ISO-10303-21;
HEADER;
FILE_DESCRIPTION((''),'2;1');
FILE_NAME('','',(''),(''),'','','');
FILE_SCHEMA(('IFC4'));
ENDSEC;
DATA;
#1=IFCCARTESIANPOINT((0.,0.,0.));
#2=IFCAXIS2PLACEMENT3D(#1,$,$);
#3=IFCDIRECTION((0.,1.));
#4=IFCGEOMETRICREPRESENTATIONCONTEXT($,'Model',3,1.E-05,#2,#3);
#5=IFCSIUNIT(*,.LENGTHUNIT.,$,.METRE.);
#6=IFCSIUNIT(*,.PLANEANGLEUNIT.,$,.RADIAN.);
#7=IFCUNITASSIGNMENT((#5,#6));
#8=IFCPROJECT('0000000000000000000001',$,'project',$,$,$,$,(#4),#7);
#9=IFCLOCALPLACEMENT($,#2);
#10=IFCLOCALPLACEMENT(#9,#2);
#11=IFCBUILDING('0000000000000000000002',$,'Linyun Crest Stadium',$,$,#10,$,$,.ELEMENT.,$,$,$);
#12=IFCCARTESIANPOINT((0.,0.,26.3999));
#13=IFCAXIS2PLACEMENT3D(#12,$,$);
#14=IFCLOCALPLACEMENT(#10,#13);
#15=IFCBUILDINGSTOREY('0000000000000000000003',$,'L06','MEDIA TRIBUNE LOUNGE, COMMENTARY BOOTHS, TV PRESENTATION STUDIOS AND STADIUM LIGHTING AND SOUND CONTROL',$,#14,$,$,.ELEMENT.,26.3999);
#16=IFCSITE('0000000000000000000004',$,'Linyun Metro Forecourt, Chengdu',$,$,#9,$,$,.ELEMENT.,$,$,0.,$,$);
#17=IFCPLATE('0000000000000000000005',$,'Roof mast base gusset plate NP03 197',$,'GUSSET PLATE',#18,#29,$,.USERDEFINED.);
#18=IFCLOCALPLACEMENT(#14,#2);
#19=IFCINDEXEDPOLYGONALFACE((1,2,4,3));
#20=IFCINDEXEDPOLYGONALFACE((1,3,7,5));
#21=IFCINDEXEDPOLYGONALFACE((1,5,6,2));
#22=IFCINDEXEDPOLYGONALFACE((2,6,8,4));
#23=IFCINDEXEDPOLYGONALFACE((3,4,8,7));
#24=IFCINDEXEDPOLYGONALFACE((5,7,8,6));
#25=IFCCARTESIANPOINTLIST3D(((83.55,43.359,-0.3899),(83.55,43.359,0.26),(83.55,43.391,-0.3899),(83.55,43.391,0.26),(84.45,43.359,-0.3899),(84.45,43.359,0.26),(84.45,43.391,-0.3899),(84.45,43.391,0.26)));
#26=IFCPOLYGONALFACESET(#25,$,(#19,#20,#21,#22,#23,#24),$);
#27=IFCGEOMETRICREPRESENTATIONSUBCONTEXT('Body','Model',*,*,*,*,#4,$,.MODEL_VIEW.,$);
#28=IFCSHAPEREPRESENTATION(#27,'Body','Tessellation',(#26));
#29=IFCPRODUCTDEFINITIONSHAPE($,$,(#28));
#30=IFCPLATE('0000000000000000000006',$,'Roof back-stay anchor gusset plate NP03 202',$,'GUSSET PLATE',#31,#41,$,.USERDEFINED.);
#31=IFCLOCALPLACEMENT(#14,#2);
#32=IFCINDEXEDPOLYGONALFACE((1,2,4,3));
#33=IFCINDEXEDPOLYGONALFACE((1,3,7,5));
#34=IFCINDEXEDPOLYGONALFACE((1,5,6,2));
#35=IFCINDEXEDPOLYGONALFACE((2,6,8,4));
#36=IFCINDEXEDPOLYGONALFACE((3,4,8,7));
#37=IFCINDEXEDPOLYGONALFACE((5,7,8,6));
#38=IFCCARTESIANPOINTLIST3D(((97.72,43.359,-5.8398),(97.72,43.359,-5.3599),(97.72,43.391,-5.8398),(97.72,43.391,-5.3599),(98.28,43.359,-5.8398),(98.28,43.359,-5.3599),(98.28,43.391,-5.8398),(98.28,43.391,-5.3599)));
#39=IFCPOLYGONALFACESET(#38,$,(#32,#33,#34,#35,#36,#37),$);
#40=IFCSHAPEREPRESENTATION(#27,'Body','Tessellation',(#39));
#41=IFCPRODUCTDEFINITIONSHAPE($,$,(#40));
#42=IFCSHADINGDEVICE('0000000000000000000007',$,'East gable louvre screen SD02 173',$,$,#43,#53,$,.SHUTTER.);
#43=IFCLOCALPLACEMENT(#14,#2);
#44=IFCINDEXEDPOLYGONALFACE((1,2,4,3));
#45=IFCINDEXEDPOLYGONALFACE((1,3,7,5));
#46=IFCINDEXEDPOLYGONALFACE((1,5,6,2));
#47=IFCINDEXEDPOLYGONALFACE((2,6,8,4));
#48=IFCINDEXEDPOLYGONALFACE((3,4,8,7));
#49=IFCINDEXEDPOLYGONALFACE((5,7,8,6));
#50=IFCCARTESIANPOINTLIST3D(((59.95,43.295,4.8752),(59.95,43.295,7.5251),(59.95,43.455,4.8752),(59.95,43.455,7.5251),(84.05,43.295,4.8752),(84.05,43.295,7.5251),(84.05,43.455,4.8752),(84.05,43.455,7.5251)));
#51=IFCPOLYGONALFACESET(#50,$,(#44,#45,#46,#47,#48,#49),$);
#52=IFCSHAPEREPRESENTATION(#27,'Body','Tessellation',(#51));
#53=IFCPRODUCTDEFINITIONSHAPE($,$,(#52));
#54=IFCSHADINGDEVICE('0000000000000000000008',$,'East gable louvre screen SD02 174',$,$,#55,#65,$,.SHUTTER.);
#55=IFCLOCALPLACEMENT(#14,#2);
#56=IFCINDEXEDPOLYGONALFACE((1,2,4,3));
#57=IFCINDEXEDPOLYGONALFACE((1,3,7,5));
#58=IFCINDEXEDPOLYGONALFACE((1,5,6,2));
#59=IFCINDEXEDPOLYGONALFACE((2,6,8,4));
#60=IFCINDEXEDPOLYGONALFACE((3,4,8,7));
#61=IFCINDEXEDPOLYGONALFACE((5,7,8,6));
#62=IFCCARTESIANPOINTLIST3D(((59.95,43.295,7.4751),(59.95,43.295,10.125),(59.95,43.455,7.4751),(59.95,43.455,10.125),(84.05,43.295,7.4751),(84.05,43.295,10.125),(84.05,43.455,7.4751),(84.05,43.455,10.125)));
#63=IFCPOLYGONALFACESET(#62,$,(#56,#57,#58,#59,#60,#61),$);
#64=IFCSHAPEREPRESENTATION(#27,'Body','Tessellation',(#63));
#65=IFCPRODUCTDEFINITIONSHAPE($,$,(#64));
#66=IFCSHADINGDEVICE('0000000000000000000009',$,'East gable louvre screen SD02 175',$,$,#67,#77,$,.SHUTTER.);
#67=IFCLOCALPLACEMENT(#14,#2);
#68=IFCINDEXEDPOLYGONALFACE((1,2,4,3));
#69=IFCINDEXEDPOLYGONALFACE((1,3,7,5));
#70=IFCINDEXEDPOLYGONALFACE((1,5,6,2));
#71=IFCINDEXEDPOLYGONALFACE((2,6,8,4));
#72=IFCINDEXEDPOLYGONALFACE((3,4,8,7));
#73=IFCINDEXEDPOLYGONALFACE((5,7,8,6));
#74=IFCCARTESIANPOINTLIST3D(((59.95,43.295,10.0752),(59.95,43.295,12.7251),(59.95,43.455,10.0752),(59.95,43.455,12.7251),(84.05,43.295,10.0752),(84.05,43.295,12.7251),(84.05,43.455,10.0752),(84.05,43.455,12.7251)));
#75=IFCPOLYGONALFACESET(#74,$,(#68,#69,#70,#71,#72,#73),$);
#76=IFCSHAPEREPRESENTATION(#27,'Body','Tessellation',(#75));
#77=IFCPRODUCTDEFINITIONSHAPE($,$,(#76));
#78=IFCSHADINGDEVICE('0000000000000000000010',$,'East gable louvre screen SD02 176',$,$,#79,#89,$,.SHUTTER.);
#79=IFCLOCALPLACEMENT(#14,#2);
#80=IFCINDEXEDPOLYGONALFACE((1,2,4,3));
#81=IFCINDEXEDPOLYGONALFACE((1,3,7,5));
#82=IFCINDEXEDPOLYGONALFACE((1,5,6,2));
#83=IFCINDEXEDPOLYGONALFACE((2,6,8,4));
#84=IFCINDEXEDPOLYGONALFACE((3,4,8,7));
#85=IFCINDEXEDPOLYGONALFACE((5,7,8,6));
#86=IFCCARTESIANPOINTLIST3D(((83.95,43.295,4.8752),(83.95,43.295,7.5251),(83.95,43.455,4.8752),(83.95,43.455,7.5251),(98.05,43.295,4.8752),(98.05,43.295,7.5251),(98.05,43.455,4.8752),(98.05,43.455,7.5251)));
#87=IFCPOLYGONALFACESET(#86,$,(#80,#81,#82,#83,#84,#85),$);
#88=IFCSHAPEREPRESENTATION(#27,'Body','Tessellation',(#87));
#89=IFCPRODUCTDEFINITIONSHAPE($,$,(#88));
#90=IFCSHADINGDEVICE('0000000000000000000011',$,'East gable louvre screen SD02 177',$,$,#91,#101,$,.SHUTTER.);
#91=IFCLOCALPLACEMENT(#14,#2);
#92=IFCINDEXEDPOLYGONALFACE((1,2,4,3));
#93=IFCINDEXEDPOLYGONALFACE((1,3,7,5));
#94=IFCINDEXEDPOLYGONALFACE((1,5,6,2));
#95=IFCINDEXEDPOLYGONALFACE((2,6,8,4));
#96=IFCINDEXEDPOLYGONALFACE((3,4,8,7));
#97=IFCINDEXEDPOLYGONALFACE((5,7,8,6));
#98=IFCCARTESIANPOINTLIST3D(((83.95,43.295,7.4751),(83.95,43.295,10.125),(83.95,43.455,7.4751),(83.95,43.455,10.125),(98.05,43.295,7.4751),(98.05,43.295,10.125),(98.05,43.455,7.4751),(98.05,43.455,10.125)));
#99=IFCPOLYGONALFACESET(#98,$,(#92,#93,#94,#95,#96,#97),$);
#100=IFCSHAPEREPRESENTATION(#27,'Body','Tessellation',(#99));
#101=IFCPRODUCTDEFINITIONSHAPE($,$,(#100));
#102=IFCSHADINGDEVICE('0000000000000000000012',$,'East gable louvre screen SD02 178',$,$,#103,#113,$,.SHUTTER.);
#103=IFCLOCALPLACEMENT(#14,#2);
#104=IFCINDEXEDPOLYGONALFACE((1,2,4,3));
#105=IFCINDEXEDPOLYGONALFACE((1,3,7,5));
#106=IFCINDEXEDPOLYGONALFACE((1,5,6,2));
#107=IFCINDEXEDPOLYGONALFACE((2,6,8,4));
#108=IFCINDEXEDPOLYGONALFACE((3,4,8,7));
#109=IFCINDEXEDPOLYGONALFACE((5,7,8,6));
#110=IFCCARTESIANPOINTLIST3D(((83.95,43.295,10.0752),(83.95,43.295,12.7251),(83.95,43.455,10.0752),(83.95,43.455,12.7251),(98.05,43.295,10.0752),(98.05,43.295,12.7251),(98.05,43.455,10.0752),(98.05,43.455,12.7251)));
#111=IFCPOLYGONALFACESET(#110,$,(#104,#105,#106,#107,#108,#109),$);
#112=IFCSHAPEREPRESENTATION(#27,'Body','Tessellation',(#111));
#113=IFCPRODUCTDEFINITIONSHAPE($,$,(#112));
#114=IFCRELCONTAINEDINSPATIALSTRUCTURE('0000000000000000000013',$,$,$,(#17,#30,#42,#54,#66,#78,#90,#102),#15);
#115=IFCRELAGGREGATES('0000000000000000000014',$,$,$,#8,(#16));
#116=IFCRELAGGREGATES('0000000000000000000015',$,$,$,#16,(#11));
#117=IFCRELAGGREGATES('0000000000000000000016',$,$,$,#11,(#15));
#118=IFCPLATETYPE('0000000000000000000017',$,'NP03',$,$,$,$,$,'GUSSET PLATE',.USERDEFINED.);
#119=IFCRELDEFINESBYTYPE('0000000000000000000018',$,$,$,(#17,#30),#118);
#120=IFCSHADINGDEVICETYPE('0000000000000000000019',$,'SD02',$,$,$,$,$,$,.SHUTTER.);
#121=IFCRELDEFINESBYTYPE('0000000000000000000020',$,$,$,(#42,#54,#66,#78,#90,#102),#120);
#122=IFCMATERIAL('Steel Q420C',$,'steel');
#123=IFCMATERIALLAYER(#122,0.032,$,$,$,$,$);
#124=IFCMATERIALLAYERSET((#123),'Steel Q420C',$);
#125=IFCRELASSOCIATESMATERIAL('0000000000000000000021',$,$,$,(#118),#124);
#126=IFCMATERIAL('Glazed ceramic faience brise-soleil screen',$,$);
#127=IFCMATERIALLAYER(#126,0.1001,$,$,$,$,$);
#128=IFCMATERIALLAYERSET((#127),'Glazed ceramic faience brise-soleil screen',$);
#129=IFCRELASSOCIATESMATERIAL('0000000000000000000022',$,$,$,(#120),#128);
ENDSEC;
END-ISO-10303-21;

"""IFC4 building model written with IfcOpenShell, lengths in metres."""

from ifc_helpers import new_model, si_unit, direction, frame, origin, origin_2d, place, context, subcontext, project, spatial, rectangle, extrude, material, layer, layer_set, type_object, element, save


model = new_model("IFC4")

# Units and contexts
model_context = context("Model", 3, precision=1e-05, world=origin(), true_north=direction((0.0, 1.0)))
body_context = subcontext(model_context, "Body", "Model", "MODEL_VIEW")
ifc_project = project(units=[si_unit("LENGTHUNIT", "METRE"), si_unit("PLANEANGLEUNIT", "RADIAN")], contexts=[model_context])

# Site, building, storey
site_placement = place(None, origin())
site = spatial("IfcSite", under=ifc_project, at=site_placement, Name="Linyun Metro Forecourt, Chengdu", CompositionType="ELEMENT", RefElevation=0.0)
building_placement = place(site_placement, origin())
building = spatial("IfcBuilding", under=site, at=building_placement, Name="Linyun Crest Stadium", CompositionType="ELEMENT")
storey_placement = place(building_placement, frame((0.0, 0.0, 26.3999)))
storey = spatial("IfcBuildingStorey", under=building, at=storey_placement, Name="L06", Description="MEDIA TRIBUNE LOUNGE, COMMENTARY BOOTHS, TV PRESENTATION STUDIOS AND STADIUM LIGHTING AND SOUND CONTROL", CompositionType="ELEMENT", Elevation=26.3999)

# Plates
ifc_material_1 = material(Name="Steel Q420C", Category="steel")
ifc_layer_1 = layer(ifc_material_1, 0.032)
ifc_layer_set_1 = layer_set([ifc_layer_1], Name="Steel Q420C")
plate_type_1 = type_object("IfcPlateType", Name="NP03", ElementType="GUSSET PLATE", PredefinedType="USERDEFINED", material=ifc_layer_set_1)
plate_1_placement = place(storey_placement, frame((84.0, 43.375, -0.3899), z_axis=(0.0, 0.0, 1.0), x_axis=(1.0, 0.0, 0.0)))
element("IfcPlate", 1, at=plate_1_placement, inside=storey, type_object=plate_type_1, Name="Roof mast base gusset plate NP03 197", ObjectType="GUSSET PLATE", PredefinedType="USERDEFINED", context=body_context, shape_type="SweptSolid", body=[
    extrude(rectangle(XDim=0.8999, YDim=0.032, at=origin_2d()), origin(), (0.0, 0.0, 1.0), 0.6499),
])
plate_2_placement = place(storey_placement, frame((98.0, 43.375, -5.8398), z_axis=(0.0, 0.0, 1.0), x_axis=(1.0, 0.0, 0.0)))
element("IfcPlate", 2, at=plate_2_placement, inside=storey, type_object=plate_type_1, Name="Roof back-stay anchor gusset plate NP03 202", ObjectType="GUSSET PLATE", PredefinedType="USERDEFINED", context=body_context, shape_type="SweptSolid", body=[
    extrude(rectangle(XDim=0.5601, YDim=0.032, at=origin_2d()), origin(), (0.0, 0.0, 1.0), 0.48),
])

# Shading devices
ifc_material_2 = material(Name="Glazed ceramic faience brise-soleil screen")
ifc_layer_2 = layer(ifc_material_2, 0.1001)
ifc_layer_set_2 = layer_set([ifc_layer_2], Name="Glazed ceramic faience brise-soleil screen")
shading_device_type = type_object("IfcShadingDeviceType", Name="SD02", PredefinedType="SHUTTER", material=ifc_layer_set_2)
for number, where, z_axis, x_axis, name in (
    (3, (72.0, 43.375, 4.8752), (0.0, 0.0, 1.0), (1.0, 0.0, 0.0), "East gable louvre screen SD02 173"),
    (4, (72.0, 43.375, 7.4751), (0.0, 0.0, 1.0), (1.0, 0.0, 0.0), "East gable louvre screen SD02 174"),
    (5, (72.0, 43.375, 10.0752), (0.0, 0.0, 1.0), (1.0, 0.0, 0.0), "East gable louvre screen SD02 175"),
):
    element("IfcShadingDevice", number, at=place(storey_placement, frame(where, z_axis=z_axis, x_axis=x_axis)), inside=storey, type_object=shading_device_type, Name=name, PredefinedType="SHUTTER", context=body_context, shape_type="SweptSolid", body=[
        extrude(rectangle(XDim=24.1001, YDim=0.1599, at=origin_2d()), origin(), (0.0, 0.0, 1.0), 2.6499),
    ])
for number, where, z_axis, x_axis, name in (
    (6, (91.0, 43.375, 4.8752), (0.0, 0.0, 1.0), (1.0, 0.0, 0.0), "East gable louvre screen SD02 176"),
    (7, (91.0, 43.375, 7.4751), (0.0, 0.0, 1.0), (1.0, 0.0, 0.0), "East gable louvre screen SD02 177"),
    (8, (91.0, 43.375, 10.0752), (0.0, 0.0, 1.0), (1.0, 0.0, 0.0), "East gable louvre screen SD02 178"),
):
    element("IfcShadingDevice", number, at=place(storey_placement, frame(where, z_axis=z_axis, x_axis=x_axis)), inside=storey, type_object=shading_device_type, Name=name, PredefinedType="SHUTTER", context=body_context, shape_type="SweptSolid", body=[
        extrude(rectangle(XDim=14.1001, YDim=0.1599, at=origin_2d()), origin(), (0.0, 0.0, 1.0), 2.6499),
    ])

save(model, "model.ifc")
